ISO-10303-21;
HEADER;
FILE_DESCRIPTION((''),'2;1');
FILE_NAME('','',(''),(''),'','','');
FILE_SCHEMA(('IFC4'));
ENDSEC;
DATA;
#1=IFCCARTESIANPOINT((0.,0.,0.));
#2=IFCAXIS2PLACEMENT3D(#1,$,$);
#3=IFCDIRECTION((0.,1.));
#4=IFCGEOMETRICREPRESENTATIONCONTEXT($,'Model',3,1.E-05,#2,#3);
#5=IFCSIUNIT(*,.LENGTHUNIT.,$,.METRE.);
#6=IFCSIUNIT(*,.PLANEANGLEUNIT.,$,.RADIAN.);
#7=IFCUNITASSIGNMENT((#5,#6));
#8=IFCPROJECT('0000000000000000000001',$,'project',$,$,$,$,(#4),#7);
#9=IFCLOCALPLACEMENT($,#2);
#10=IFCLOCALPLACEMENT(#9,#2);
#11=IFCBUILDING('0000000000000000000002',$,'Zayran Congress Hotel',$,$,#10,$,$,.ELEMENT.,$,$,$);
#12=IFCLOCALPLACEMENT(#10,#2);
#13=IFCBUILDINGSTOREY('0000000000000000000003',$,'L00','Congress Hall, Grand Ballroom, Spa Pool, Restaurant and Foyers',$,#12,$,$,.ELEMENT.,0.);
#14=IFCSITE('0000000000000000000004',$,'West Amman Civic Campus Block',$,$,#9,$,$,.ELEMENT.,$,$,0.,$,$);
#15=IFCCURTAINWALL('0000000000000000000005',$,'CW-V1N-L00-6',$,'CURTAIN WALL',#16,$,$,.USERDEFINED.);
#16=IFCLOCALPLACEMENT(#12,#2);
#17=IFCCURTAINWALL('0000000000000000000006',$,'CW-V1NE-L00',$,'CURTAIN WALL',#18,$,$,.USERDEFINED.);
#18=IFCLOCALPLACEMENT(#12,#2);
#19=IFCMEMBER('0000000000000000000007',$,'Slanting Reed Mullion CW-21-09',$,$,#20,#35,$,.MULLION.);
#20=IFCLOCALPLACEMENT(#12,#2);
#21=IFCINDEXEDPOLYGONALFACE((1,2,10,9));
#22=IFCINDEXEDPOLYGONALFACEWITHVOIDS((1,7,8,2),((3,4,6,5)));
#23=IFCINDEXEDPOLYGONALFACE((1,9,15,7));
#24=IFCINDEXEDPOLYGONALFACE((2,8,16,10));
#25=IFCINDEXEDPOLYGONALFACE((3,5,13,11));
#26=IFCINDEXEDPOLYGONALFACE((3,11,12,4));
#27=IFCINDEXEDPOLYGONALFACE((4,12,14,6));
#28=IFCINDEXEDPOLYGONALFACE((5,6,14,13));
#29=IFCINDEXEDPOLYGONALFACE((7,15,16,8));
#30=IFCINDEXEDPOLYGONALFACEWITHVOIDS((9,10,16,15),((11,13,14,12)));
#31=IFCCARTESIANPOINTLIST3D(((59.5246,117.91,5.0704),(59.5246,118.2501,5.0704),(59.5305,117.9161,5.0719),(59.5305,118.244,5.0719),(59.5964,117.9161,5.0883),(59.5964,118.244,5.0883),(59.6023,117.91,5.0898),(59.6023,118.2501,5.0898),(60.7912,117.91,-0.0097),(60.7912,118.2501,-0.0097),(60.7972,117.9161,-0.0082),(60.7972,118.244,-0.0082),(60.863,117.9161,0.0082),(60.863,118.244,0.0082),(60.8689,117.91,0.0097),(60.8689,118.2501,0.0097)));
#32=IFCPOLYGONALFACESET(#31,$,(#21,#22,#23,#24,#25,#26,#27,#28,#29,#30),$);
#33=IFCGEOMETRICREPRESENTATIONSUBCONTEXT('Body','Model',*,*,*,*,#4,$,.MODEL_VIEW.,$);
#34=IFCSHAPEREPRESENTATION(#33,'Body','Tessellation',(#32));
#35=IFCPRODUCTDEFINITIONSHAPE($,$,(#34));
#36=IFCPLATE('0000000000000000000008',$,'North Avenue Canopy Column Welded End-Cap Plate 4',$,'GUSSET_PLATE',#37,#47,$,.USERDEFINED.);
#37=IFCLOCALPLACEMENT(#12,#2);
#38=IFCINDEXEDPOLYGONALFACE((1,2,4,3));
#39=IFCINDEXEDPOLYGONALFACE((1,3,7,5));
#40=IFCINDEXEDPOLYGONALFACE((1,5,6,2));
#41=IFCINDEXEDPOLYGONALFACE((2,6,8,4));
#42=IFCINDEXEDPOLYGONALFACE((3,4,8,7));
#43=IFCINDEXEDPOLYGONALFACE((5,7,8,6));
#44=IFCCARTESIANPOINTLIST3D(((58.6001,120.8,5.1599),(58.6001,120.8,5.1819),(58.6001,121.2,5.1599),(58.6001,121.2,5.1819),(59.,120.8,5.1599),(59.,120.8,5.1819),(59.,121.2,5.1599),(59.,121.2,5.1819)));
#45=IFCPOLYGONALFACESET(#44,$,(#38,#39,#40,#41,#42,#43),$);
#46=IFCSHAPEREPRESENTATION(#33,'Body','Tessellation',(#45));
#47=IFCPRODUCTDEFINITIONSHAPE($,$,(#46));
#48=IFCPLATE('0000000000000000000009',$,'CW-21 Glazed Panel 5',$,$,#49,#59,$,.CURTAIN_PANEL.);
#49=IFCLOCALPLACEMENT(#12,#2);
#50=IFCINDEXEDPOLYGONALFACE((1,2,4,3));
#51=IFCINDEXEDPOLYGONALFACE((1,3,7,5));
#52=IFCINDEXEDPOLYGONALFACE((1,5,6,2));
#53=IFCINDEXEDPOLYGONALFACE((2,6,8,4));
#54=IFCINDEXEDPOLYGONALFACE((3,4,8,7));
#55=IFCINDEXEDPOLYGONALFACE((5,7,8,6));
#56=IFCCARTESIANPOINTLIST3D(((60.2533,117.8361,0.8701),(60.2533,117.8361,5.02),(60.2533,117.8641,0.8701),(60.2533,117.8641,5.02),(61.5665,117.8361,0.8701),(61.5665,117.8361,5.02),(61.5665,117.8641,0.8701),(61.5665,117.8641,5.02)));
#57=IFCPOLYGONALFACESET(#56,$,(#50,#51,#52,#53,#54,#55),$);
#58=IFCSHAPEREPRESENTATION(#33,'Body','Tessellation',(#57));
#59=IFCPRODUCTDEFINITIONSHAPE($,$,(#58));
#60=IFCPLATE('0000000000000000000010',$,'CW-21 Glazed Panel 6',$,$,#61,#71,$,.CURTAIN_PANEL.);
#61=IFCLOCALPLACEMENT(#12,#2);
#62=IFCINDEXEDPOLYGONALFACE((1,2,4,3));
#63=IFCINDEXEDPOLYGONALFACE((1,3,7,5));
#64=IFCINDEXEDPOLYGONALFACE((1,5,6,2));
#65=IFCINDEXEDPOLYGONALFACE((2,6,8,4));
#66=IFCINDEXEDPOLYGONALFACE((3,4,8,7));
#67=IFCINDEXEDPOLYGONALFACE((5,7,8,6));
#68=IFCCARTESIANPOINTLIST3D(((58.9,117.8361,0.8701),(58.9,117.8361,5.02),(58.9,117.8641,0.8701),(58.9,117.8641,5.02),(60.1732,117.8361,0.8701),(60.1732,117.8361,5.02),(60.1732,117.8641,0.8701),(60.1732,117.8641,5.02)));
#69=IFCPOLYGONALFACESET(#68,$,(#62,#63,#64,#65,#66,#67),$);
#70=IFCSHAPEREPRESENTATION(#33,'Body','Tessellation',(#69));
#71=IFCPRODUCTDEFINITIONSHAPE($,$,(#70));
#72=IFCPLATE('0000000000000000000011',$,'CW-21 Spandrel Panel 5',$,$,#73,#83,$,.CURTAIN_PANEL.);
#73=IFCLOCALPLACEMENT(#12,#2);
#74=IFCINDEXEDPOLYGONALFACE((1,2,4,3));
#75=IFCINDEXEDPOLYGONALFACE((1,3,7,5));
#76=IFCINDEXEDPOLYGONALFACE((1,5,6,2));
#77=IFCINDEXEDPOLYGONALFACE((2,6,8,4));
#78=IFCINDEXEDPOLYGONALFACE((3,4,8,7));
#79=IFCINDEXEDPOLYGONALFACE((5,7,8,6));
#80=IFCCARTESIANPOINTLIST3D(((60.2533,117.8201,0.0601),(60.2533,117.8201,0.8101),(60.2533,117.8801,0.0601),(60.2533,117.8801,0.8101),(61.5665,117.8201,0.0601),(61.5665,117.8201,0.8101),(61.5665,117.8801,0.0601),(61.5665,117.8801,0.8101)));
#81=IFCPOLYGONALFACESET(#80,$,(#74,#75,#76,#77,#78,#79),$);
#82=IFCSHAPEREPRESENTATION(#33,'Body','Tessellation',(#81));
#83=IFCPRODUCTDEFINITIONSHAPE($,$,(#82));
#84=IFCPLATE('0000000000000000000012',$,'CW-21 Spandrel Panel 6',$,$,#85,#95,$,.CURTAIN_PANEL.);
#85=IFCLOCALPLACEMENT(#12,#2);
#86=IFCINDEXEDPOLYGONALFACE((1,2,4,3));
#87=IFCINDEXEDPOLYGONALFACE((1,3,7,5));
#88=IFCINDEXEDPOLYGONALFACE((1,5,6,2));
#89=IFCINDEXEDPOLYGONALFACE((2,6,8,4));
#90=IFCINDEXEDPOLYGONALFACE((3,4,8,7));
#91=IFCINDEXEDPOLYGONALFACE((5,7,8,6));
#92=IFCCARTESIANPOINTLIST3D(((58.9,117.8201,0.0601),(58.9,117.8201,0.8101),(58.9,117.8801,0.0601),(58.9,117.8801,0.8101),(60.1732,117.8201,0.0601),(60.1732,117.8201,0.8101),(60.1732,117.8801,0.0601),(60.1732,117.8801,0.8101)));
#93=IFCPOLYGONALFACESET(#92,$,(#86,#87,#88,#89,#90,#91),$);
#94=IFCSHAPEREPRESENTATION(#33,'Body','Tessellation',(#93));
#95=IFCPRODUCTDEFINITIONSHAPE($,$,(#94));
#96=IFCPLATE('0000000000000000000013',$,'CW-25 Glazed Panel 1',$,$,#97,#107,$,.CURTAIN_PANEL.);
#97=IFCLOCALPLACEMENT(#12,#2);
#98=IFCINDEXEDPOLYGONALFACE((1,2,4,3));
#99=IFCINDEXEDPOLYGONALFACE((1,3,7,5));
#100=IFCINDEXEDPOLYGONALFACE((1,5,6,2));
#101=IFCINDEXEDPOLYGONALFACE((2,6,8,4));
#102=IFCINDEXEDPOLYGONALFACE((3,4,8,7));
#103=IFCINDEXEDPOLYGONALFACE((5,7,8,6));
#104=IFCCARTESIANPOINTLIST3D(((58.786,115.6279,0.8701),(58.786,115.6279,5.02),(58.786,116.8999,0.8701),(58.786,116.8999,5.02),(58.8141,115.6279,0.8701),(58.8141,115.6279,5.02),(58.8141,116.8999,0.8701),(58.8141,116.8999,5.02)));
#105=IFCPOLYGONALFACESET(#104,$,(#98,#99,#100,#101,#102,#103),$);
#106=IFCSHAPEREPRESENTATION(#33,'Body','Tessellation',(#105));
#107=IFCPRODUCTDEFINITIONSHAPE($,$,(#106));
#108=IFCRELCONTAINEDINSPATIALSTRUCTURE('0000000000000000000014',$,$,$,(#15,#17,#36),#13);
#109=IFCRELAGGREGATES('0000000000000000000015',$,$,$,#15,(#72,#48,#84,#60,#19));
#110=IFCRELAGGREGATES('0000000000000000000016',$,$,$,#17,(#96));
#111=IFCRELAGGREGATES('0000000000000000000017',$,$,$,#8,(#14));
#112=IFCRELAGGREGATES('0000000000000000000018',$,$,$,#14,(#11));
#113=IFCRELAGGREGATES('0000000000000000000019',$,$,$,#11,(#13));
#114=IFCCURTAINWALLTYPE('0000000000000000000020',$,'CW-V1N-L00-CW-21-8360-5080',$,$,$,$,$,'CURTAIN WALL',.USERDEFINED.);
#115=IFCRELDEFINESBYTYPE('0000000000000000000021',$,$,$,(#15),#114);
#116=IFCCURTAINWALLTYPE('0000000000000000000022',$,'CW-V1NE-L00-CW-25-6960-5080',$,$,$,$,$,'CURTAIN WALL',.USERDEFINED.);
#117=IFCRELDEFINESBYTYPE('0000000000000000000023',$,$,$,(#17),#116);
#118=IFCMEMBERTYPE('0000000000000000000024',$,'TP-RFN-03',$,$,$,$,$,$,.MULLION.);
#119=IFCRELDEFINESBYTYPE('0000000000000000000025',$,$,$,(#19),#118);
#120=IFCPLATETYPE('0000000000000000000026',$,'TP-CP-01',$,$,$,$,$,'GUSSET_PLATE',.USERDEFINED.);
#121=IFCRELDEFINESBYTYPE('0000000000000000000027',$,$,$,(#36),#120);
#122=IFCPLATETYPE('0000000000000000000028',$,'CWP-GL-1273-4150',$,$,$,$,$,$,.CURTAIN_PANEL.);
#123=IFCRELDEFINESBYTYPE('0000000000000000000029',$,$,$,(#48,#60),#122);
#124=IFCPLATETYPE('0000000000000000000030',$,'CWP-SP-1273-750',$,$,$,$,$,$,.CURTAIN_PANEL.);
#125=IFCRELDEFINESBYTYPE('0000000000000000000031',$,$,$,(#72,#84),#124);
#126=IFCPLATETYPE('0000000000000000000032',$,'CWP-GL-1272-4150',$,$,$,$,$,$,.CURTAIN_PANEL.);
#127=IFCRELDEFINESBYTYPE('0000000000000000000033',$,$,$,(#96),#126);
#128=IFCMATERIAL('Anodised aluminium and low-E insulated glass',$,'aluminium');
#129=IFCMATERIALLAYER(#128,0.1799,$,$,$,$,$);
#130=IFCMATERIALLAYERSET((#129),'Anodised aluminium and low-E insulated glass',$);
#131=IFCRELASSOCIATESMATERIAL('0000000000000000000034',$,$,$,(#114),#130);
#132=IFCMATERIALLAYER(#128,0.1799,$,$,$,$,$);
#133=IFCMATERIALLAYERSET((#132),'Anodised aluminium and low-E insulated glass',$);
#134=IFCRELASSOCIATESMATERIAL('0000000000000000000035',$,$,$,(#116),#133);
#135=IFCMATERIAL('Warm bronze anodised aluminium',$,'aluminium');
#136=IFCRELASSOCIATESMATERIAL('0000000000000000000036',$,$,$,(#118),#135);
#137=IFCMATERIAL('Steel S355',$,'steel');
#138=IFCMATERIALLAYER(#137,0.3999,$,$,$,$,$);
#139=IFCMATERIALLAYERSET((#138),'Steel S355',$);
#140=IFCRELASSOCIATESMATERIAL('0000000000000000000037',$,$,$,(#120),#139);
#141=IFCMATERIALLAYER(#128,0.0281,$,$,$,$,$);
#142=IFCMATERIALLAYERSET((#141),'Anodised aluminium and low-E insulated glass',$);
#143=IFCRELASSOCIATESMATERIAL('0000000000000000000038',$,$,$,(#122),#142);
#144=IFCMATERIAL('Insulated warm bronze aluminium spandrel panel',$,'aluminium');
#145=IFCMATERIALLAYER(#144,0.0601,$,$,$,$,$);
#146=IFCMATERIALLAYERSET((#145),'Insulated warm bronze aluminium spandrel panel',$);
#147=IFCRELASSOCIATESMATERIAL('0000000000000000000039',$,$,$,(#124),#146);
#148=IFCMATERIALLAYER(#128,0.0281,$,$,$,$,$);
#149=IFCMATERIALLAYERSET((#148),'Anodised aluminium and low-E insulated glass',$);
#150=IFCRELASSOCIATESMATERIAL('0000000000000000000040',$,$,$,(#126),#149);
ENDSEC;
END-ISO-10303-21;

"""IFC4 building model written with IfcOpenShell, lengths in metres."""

from ifc_helpers import new_model, si_unit, direction, frame, origin, origin_2d, place, context, subcontext, project, spatial, rectangle, hollow_rectangle, extrude, material, layer, layer_set, material_profile, profile_set, type_object, element, aggregate, save


model = new_model("IFC4")

# Units and contexts
model_context = context("Model", 3, precision=1e-05, world=origin(), true_north=direction((0.0, 1.0)))
body_context = subcontext(model_context, "Body", "Model", "MODEL_VIEW")
ifc_project = project(units=[si_unit("LENGTHUNIT", "METRE"), si_unit("PLANEANGLEUNIT", "RADIAN")], contexts=[model_context])

# Site, building, storey
site_placement = place(None, origin())
site = spatial("IfcSite", under=ifc_project, at=site_placement, Name="West Amman Civic Campus Block", CompositionType="ELEMENT", RefElevation=0.0)
building_placement = place(site_placement, origin())
building = spatial("IfcBuilding", under=site, at=building_placement, Name="Zayran Congress Hotel", CompositionType="ELEMENT")
storey_placement = place(building_placement, origin())
storey = spatial("IfcBuildingStorey", under=building, at=storey_placement, Name="L00", Description="Congress Hall, Grand Ballroom, Spa Pool, Restaurant and Foyers", CompositionType="ELEMENT", Elevation=0.0)

# Shared definitions
ifc_material_1 = material(Name="Steel S355", Category="steel")

# Curtain wall
ifc_material_2 = material(Name="Anodised aluminium and low-E insulated glass", Category="aluminium")
ifc_layer_1 = layer(ifc_material_2, 0.1799)
ifc_layer_set_1 = layer_set([ifc_layer_1], Name="Anodised aluminium and low-E insulated glass")
curtain_wall_type_1 = type_object("IfcCurtainWallType", Name="CW-V1N-L00-CW-21-8360-5080", ElementType="CURTAIN WALL", PredefinedType="USERDEFINED", material=ifc_layer_set_1)
curtain_wall_1_placement = place(storey_placement, origin())
curtain_wall_1 = element("IfcCurtainWall", 1, at=curtain_wall_1_placement, inside=storey, type_object=curtain_wall_type_1, Name="CW-V1N-L00-6", ObjectType="CURTAIN WALL", PredefinedType="USERDEFINED")

# Curtain wall
ifc_layer_2 = layer(ifc_material_2, 0.1799)
ifc_layer_set_2 = layer_set([ifc_layer_2], Name="Anodised aluminium and low-E insulated glass")
curtain_wall_type_2 = type_object("IfcCurtainWallType", Name="CW-V1NE-L00-CW-25-6960-5080", ElementType="CURTAIN WALL", PredefinedType="USERDEFINED", material=ifc_layer_set_2)
curtain_wall_2_placement = place(storey_placement, origin())
curtain_wall_2 = element("IfcCurtainWall", 2, at=curtain_wall_2_placement, inside=storey, type_object=curtain_wall_type_2, Name="CW-V1NE-L00", ObjectType="CURTAIN WALL", PredefinedType="USERDEFINED")

# Member
ifc_material_3 = material(Name="Warm bronze anodised aluminium", Category="aluminium")
ifc_material_profile_1 = material_profile(ifc_material_3, hollow_rectangle(XDim=0.0801, YDim=0.3401, WallThickness=0.0061, at=origin_2d()), Name="RHS 340x80x6")
ifc_profile_set_1 = profile_set([ifc_material_profile_1], Name="Warm bronze anodised aluminium")
member_type_1 = type_object("IfcMemberType", Name="TP-RFN-03", PredefinedType="MULLION", material=ifc_profile_set_1)
member_1_placement = place(storey_placement, frame((60.8301, 118.0801, 0.0), z_axis=(-0.241921, 0.0, 0.970296), x_axis=(0.970296, 0.0, 0.241921)))
member_1 = element("IfcMember", 3, at=member_1_placement, type_object=member_type_1, Name="Slanting Reed Mullion CW-21-09", PredefinedType="MULLION", context=body_context, shape_type="SweptSolid", body=[
    extrude(hollow_rectangle(XDim=0.0801, YDim=0.3401, WallThickness=0.0061, at=origin_2d()), origin(), (0.0, 0.0, 1.0), 5.2356),
])

# Plates
ifc_layer_3 = layer(ifc_material_1, 0.3999)
ifc_layer_set_3 = layer_set([ifc_layer_3], Name="Steel S355")
plate_type_1 = type_object("IfcPlateType", Name="TP-CP-01", ElementType="GUSSET_PLATE", PredefinedType="USERDEFINED", material=ifc_layer_set_3)
plate_1_placement = place(storey_placement, frame((58.8, 121.0, 5.1599), z_axis=(0.0, 0.0, 1.0), x_axis=(1.0, 0.0, 0.0)))
element("IfcPlate", 4, at=plate_1_placement, inside=storey, type_object=plate_type_1, Name="North Avenue Canopy Column Welded End-Cap Plate 4", ObjectType="GUSSET_PLATE", PredefinedType="USERDEFINED", context=body_context, shape_type="SweptSolid", body=[
    extrude(rectangle(XDim=0.3999, YDim=0.3999, at=origin_2d()), origin(), (0.0, 0.0, 1.0), 0.022),
])
ifc_layer_4 = layer(ifc_material_2, 0.0281)
ifc_layer_set_4 = layer_set([ifc_layer_4], Name="Anodised aluminium and low-E insulated glass")
plate_type_2 = type_object("IfcPlateType", Name="CWP-GL-1273-4150", PredefinedType="CURTAIN_PANEL", material=ifc_layer_set_4)
plate_2_placement = place(storey_placement, frame((60.9099, 117.8501, 0.8701), z_axis=(0.0, 0.0, 1.0), x_axis=(1.0, 0.0, 0.0)))
plate_2 = element("IfcPlate", 5, at=plate_2_placement, type_object=plate_type_2, Name="CW-21 Glazed Panel 5", PredefinedType="CURTAIN_PANEL", context=body_context, shape_type="SweptSolid", body=[
    extrude(rectangle(XDim=1.3132, YDim=0.0281, at=origin_2d()), origin(), (0.0, 0.0, 1.0), 4.1499),
])
plate_3_placement = place(storey_placement, frame((59.5366, 117.8501, 0.8701), z_axis=(0.0, 0.0, 1.0), x_axis=(1.0, 0.0, 0.0)))
plate_3 = element("IfcPlate", 6, at=plate_3_placement, type_object=plate_type_2, Name="CW-21 Glazed Panel 6", PredefinedType="CURTAIN_PANEL", context=body_context, shape_type="SweptSolid", body=[
    extrude(rectangle(XDim=1.2732, YDim=0.0281, at=origin_2d()), origin(), (0.0, 0.0, 1.0), 4.1499),
])
ifc_material_4 = material(Name="Insulated warm bronze aluminium spandrel panel", Category="aluminium")
ifc_layer_5 = layer(ifc_material_4, 0.0601)
ifc_layer_set_5 = layer_set([ifc_layer_5], Name="Insulated warm bronze aluminium spandrel panel")
plate_type_3 = type_object("IfcPlateType", Name="CWP-SP-1273-750", PredefinedType="CURTAIN_PANEL", material=ifc_layer_set_5)
plate_4_placement = place(storey_placement, frame((60.9099, 117.8501, 0.0601), z_axis=(0.0, 0.0, 1.0), x_axis=(1.0, 0.0, 0.0)))
plate_4 = element("IfcPlate", 7, at=plate_4_placement, type_object=plate_type_3, Name="CW-21 Spandrel Panel 5", PredefinedType="CURTAIN_PANEL", context=body_context, shape_type="SweptSolid", body=[
    extrude(rectangle(XDim=1.3132, YDim=0.0601, at=origin_2d()), origin(), (0.0, 0.0, 1.0), 0.75),
])
plate_5_placement = place(storey_placement, frame((59.5366, 117.8501, 0.0601), z_axis=(0.0, 0.0, 1.0), x_axis=(1.0, 0.0, 0.0)))
plate_5 = element("IfcPlate", 8, at=plate_5_placement, type_object=plate_type_3, Name="CW-21 Spandrel Panel 6", PredefinedType="CURTAIN_PANEL", context=body_context, shape_type="SweptSolid", body=[
    extrude(rectangle(XDim=1.2732, YDim=0.0601, at=origin_2d()), origin(), (0.0, 0.0, 1.0), 0.75),
])
aggregate(curtain_wall_1, [plate_4, plate_2, plate_5, plate_3, member_1])
ifc_layer_6 = layer(ifc_material_2, 0.0281)
ifc_layer_set_6 = layer_set([ifc_layer_6], Name="Anodised aluminium and low-E insulated glass")
plate_type_4 = type_object("IfcPlateType", Name="CWP-GL-1272-4150", PredefinedType="CURTAIN_PANEL", material=ifc_layer_set_6)
plate_6_placement = place(storey_placement, frame((58.8, 116.2639, 0.8701), z_axis=(0.0, 0.0, 1.0), x_axis=(0.0, 1.0, 0.0)))
plate_6 = element("IfcPlate", 9, at=plate_6_placement, type_object=plate_type_4, Name="CW-25 Glazed Panel 1", PredefinedType="CURTAIN_PANEL", context=body_context, shape_type="SweptSolid", body=[
    extrude(rectangle(XDim=1.272, YDim=0.0281, at=origin_2d()), origin(), (0.0, 0.0, 1.0), 4.1499),
])
aggregate(curtain_wall_2, [plate_6])

save(model, "model.ifc")
